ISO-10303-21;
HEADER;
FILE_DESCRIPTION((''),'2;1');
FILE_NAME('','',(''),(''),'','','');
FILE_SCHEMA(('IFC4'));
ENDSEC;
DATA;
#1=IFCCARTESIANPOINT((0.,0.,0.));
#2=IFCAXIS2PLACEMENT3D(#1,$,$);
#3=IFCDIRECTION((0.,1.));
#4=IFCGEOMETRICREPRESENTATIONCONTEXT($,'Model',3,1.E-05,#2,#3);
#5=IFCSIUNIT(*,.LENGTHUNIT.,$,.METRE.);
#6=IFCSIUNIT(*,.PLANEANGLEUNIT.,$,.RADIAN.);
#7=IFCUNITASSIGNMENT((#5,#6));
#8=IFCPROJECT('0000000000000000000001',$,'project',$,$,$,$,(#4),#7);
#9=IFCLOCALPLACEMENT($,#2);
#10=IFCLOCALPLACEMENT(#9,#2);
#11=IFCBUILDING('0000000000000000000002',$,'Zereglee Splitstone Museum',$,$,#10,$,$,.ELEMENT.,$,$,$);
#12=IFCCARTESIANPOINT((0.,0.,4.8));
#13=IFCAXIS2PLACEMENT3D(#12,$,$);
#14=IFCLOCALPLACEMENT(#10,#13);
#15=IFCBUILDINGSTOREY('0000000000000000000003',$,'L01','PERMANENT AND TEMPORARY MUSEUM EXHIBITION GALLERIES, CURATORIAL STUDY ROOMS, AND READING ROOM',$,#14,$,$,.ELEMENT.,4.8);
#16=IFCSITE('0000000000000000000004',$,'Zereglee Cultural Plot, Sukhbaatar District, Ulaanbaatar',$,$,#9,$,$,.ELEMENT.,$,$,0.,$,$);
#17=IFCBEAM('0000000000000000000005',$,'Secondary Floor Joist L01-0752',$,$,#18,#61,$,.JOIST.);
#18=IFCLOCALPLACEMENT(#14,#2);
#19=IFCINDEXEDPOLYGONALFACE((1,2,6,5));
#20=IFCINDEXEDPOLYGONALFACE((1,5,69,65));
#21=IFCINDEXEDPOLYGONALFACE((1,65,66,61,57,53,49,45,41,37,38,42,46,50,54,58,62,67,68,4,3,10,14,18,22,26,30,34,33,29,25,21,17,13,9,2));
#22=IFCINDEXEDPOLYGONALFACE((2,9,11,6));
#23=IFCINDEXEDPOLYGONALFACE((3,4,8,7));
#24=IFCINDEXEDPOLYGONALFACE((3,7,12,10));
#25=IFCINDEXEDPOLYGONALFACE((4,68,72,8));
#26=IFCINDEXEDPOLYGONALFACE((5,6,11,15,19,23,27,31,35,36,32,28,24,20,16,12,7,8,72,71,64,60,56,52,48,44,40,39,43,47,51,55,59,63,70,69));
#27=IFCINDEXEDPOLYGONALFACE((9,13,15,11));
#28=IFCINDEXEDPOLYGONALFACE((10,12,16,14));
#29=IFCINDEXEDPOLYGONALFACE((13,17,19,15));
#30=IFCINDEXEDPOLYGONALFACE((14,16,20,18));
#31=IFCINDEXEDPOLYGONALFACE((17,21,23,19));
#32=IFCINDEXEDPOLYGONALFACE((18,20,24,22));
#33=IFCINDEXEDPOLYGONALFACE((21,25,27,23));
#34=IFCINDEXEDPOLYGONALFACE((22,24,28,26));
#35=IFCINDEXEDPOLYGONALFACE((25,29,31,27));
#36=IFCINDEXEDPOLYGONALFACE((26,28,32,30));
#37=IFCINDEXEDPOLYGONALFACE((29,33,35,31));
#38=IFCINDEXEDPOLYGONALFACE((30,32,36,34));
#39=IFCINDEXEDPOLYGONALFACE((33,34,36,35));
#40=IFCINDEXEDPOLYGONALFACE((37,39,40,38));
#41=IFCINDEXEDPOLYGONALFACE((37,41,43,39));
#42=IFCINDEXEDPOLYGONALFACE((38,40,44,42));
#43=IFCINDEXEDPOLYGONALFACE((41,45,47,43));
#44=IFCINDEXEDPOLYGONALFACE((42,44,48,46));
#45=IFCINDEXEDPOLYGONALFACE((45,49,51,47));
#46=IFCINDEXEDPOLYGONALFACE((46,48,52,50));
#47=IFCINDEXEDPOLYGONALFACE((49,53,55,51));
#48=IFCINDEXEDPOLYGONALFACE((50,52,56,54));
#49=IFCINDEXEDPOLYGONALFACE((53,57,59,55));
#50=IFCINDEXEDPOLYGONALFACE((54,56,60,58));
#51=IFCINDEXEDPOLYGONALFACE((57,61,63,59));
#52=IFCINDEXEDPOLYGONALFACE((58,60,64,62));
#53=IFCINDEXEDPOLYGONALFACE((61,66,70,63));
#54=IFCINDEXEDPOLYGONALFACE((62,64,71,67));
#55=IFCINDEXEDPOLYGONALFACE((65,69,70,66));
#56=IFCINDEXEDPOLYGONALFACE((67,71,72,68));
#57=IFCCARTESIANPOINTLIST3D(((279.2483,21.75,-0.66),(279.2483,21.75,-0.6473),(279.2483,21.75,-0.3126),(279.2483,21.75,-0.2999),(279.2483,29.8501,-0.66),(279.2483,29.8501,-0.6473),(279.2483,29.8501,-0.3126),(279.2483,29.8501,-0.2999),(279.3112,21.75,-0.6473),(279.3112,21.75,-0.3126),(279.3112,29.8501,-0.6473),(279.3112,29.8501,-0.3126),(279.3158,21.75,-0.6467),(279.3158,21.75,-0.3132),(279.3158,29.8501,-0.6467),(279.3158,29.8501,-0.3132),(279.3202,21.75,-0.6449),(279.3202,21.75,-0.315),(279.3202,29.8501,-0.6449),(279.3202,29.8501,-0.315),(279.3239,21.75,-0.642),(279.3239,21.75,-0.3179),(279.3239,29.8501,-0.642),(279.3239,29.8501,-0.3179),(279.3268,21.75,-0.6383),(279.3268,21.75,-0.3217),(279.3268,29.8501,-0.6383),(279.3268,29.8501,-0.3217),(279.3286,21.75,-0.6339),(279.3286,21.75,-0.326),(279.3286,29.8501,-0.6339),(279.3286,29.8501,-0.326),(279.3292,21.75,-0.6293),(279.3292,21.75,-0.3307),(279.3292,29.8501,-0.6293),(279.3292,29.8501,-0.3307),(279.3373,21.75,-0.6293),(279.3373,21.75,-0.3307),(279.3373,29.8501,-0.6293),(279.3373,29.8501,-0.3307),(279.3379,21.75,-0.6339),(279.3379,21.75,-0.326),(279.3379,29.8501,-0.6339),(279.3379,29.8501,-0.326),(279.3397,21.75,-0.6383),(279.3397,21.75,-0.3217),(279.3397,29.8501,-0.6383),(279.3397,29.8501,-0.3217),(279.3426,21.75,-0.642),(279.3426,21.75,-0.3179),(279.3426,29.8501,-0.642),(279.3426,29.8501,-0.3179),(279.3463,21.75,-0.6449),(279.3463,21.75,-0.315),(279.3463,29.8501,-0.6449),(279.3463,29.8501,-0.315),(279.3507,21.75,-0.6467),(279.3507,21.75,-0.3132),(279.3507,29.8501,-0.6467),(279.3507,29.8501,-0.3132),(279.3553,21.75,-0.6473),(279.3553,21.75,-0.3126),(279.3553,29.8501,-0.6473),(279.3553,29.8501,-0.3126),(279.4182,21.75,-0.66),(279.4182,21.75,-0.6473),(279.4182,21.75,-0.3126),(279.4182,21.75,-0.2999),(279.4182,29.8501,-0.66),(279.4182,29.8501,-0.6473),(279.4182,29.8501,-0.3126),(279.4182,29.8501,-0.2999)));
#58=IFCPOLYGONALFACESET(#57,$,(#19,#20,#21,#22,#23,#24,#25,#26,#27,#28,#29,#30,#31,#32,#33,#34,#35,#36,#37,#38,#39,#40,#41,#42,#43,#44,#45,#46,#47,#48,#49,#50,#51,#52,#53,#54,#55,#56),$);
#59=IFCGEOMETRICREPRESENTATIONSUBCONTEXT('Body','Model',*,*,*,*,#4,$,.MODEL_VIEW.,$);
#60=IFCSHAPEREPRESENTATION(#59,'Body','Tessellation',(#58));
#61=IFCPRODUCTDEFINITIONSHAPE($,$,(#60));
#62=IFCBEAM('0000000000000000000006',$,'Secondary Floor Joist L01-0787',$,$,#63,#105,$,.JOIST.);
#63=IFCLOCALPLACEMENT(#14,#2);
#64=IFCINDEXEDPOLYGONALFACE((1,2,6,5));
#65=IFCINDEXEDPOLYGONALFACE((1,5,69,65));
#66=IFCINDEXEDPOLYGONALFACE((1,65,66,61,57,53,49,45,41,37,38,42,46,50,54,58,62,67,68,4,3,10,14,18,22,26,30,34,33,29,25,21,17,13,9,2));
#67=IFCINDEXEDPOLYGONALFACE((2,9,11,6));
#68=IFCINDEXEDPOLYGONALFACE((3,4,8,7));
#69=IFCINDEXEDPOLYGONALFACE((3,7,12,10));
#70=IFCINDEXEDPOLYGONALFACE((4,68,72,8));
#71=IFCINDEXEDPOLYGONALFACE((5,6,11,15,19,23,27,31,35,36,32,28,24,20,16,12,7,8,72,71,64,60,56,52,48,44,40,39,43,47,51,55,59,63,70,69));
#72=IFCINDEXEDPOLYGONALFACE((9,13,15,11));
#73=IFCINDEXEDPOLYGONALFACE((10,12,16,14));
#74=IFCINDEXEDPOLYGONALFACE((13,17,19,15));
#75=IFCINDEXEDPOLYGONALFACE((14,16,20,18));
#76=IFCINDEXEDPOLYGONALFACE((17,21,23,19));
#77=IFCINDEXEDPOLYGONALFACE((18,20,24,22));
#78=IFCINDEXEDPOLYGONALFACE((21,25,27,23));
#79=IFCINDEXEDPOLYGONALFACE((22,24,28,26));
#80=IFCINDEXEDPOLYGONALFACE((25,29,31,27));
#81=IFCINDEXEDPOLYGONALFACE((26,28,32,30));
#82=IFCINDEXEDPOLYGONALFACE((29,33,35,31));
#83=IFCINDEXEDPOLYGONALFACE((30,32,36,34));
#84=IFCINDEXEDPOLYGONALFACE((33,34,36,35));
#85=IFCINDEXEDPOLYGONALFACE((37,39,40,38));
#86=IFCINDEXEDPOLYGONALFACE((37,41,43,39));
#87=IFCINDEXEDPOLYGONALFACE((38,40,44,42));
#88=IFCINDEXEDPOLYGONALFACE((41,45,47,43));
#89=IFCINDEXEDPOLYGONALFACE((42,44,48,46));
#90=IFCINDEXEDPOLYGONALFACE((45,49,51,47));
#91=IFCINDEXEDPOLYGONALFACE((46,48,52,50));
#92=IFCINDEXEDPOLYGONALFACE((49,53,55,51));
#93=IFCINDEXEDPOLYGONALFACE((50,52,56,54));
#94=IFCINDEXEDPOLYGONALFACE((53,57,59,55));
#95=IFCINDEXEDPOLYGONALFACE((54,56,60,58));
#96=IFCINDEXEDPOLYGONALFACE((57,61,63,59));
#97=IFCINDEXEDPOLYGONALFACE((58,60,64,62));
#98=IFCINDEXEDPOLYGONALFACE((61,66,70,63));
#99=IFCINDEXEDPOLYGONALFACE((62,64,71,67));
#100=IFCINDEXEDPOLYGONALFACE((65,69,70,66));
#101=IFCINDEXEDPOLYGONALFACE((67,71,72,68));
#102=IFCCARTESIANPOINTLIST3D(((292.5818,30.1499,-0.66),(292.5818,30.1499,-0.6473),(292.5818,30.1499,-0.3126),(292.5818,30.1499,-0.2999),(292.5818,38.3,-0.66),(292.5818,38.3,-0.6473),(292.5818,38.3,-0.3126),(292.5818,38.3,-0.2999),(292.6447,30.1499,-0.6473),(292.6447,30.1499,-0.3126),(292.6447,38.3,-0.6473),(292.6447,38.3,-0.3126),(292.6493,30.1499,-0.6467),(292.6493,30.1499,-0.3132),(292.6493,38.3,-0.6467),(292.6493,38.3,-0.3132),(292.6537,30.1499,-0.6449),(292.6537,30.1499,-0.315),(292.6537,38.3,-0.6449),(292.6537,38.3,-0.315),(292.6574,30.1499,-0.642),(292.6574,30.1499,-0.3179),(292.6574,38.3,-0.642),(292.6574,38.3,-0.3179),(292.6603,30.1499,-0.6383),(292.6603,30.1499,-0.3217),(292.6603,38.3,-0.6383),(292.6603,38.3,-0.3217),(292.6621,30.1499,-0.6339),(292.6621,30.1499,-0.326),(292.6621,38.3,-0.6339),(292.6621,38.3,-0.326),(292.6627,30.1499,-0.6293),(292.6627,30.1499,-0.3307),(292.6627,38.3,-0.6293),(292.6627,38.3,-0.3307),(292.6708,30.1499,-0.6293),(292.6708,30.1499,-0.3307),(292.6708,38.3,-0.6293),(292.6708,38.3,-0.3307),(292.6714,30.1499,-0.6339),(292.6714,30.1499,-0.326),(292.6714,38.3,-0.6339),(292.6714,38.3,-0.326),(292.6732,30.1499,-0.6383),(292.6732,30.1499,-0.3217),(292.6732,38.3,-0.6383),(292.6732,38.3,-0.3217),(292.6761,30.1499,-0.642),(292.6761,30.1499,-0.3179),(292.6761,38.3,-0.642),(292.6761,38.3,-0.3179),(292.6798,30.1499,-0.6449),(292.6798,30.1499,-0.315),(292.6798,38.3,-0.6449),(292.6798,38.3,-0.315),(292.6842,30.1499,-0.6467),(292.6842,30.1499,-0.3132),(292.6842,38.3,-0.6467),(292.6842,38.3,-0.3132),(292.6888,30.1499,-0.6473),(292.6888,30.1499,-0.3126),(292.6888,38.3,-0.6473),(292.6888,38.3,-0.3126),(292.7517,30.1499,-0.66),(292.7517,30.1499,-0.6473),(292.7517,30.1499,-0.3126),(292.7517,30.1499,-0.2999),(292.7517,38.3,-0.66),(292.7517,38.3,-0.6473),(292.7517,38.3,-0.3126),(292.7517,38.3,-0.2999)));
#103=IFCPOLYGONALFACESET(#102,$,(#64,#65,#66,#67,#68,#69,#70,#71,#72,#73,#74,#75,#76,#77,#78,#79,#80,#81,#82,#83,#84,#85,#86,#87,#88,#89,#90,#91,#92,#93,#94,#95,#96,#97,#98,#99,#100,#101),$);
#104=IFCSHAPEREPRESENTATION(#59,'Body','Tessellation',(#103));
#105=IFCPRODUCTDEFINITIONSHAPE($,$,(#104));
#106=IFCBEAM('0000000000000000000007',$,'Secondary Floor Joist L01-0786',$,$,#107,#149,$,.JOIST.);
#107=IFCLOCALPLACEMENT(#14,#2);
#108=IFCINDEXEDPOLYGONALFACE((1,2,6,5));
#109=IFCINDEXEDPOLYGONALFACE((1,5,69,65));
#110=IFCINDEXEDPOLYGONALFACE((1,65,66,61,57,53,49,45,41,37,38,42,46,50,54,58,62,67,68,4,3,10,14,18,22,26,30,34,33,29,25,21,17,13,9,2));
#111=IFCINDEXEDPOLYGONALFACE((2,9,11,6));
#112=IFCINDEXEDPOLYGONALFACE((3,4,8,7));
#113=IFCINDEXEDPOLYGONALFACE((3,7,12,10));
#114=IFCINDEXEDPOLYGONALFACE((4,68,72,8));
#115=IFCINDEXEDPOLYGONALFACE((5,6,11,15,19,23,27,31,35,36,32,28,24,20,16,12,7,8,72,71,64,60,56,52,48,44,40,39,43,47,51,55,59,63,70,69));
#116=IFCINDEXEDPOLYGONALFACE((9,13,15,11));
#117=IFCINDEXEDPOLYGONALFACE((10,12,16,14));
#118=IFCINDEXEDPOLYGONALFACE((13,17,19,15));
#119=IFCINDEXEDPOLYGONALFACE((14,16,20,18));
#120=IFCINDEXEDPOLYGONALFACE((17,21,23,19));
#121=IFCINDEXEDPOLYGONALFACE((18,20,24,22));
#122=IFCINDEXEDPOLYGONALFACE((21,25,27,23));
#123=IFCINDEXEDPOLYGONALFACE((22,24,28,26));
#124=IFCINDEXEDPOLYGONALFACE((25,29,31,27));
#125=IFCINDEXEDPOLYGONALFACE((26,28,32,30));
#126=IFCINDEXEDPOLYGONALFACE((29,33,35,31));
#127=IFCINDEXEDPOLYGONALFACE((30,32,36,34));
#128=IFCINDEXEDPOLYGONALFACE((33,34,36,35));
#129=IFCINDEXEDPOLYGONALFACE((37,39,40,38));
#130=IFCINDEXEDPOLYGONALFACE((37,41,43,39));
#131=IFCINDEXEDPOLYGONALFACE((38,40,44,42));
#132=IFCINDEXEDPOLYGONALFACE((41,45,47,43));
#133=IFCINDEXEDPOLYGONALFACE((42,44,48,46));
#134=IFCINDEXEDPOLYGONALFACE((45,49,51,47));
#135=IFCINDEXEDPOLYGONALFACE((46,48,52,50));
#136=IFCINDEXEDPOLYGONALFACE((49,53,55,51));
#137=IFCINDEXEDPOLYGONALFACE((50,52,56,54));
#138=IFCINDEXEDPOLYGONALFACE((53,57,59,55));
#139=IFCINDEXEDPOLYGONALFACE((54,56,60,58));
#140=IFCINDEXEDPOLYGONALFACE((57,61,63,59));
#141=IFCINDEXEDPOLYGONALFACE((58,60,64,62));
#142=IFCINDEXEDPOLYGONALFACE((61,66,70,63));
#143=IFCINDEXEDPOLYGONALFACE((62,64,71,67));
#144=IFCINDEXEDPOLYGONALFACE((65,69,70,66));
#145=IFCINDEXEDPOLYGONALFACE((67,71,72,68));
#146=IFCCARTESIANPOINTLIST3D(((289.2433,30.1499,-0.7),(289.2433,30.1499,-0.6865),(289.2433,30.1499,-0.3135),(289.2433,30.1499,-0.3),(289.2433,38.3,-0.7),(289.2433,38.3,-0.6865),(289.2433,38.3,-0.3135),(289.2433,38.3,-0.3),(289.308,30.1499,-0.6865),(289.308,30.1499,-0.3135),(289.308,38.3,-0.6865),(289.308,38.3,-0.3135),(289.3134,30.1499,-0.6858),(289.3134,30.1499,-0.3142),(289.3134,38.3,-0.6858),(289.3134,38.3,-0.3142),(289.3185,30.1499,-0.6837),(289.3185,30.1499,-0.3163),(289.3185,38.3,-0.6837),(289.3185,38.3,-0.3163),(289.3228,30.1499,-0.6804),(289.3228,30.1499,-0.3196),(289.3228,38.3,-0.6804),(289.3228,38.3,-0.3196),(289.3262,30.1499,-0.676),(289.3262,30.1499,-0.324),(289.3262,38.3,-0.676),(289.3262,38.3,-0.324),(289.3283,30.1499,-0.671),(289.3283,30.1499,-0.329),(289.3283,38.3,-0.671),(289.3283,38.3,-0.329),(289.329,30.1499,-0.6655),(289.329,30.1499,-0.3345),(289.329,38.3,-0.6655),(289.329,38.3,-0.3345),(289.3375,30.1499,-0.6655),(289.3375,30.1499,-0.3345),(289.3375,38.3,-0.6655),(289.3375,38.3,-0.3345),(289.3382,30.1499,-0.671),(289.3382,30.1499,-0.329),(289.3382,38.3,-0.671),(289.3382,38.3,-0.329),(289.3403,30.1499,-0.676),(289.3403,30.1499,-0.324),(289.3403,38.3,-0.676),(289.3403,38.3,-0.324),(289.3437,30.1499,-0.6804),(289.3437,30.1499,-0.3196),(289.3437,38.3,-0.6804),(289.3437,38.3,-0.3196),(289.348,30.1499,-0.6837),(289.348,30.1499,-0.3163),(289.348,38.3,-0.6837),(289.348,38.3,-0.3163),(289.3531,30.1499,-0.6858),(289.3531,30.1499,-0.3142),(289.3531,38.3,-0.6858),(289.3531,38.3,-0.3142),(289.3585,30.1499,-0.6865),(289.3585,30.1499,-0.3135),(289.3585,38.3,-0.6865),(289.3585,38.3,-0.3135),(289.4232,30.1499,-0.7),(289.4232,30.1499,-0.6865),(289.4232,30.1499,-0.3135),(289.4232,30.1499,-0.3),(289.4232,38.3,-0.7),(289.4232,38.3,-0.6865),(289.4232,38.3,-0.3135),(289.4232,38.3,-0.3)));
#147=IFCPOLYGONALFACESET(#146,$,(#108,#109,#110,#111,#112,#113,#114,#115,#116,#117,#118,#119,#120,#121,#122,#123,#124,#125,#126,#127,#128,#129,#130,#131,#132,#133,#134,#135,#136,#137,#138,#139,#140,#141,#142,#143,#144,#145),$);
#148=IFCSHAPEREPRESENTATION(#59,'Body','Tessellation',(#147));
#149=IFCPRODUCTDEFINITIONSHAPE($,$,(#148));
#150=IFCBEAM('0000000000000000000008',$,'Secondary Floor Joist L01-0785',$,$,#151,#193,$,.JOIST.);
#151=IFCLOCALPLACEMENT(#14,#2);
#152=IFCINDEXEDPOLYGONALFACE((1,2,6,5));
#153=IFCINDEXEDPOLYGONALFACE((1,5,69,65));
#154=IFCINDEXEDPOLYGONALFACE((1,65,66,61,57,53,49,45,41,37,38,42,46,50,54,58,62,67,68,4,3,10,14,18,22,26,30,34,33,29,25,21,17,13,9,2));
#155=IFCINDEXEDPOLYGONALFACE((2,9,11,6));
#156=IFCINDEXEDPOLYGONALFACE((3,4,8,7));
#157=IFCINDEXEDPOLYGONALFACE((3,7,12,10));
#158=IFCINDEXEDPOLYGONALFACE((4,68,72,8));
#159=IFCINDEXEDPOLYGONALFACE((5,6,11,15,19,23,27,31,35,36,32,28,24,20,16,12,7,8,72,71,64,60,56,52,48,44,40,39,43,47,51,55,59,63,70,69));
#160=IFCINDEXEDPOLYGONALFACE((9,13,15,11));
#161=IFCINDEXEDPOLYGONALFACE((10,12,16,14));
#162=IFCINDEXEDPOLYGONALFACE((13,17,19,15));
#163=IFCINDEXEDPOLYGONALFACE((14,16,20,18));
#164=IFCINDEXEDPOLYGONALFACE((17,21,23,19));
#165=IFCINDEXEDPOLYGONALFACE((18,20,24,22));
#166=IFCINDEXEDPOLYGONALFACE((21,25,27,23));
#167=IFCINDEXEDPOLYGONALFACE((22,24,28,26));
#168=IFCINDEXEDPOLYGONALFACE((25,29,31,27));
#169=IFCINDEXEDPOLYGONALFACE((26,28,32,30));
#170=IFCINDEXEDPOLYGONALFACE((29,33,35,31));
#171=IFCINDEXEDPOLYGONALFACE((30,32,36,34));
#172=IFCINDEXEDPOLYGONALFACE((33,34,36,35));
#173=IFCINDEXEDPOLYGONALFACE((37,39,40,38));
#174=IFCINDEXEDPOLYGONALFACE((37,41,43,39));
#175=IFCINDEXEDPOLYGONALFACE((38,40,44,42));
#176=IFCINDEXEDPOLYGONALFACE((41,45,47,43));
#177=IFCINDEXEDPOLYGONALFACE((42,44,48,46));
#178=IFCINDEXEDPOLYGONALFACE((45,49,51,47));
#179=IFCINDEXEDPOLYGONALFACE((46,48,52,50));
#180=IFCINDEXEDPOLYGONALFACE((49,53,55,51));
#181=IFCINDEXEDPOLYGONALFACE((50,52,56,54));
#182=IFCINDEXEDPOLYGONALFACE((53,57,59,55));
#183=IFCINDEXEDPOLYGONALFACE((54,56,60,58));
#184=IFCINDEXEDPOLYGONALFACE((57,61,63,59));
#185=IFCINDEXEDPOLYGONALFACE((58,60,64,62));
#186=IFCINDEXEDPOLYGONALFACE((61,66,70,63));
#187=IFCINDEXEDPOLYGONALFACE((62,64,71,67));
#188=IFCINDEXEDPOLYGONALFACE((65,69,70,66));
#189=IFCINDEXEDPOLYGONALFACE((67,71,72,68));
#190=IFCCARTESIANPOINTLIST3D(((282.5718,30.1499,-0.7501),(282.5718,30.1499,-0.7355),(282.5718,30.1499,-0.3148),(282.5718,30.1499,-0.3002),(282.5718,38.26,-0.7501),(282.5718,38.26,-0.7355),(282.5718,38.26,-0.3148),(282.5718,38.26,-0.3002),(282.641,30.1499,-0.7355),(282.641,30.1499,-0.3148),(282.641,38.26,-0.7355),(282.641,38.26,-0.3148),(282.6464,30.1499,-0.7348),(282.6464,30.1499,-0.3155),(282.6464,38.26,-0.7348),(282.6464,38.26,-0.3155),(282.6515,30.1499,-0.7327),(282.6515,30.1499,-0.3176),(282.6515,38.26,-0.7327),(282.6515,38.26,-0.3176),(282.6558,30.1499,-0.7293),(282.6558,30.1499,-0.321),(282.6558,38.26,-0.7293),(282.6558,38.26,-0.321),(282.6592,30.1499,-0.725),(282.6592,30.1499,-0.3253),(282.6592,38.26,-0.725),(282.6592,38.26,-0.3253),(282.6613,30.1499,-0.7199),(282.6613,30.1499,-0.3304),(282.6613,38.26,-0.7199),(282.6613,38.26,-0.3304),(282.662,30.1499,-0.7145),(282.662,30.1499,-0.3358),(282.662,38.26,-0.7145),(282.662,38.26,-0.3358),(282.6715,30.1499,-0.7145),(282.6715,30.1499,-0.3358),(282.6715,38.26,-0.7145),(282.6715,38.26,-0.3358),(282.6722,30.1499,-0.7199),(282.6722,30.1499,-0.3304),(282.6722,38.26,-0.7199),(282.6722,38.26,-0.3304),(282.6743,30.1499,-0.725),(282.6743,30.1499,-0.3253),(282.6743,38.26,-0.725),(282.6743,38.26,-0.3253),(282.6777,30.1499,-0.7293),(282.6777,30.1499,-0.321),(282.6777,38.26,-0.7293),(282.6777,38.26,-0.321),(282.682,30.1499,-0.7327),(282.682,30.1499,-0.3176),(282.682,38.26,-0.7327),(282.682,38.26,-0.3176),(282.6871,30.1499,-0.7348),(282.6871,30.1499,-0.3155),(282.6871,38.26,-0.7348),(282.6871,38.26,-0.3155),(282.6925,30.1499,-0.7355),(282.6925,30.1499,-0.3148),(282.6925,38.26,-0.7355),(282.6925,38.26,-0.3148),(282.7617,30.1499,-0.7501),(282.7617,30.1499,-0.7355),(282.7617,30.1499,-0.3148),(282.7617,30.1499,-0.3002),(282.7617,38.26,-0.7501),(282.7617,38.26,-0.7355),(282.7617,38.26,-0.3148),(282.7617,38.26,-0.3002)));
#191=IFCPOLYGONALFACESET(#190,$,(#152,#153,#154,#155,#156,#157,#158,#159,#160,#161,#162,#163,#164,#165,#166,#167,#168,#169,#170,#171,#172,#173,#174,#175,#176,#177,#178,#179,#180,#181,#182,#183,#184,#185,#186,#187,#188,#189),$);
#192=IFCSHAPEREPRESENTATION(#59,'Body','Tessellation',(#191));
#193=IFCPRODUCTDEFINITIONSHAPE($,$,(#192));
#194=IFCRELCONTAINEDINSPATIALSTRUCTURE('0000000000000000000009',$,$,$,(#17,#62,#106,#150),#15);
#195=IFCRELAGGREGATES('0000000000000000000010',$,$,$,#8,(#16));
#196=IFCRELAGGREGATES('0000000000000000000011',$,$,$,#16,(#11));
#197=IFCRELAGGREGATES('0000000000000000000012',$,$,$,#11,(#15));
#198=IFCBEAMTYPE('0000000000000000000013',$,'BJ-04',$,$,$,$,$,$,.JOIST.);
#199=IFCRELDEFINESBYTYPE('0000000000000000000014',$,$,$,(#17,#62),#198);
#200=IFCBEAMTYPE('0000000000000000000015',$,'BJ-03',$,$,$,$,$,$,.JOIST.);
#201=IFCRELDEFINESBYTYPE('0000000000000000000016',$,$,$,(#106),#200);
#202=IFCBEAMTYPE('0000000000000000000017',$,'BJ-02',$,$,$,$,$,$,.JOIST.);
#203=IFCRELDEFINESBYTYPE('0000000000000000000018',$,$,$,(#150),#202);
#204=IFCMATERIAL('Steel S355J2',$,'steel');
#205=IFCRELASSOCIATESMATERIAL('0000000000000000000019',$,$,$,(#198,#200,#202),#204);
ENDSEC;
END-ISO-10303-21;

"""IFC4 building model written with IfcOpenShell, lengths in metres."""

from ifc_helpers import new_model, si_unit, direction, frame, origin, origin_2d, place, context, subcontext, project, spatial, i_section, extrude, material, material_profile, profile_set, type_object, element, save


model = new_model("IFC4")

# Units and contexts
model_context = context("Model", 3, precision=1e-05, world=origin(), true_north=direction((0.0, 1.0)))
body_context = subcontext(model_context, "Body", "Model", "MODEL_VIEW")
ifc_project = project(units=[si_unit("LENGTHUNIT", "METRE"), si_unit("PLANEANGLEUNIT", "RADIAN")], contexts=[model_context])

# Site, building, storey
site_placement = place(None, origin())
site = spatial("IfcSite", under=ifc_project, at=site_placement, Name="Zereglee Cultural Plot, Sukhbaatar District, Ulaanbaatar", CompositionType="ELEMENT", RefElevation=0.0)
building_placement = place(site_placement, origin())
building = spatial("IfcBuilding", under=site, at=building_placement, Name="Zereglee Splitstone Museum", CompositionType="ELEMENT")
storey_placement = place(building_placement, frame((0.0, 0.0, 4.8)))
storey = spatial("IfcBuildingStorey", under=building, at=storey_placement, Name="L01", Description="PERMANENT AND TEMPORARY MUSEUM EXHIBITION GALLERIES, CURATORIAL STUDY ROOMS, AND READING ROOM", CompositionType="ELEMENT", Elevation=4.8)

# Shared definitions
ifc_material_1 = material(Name="Steel S355J2", Category="steel")

# Beams
ifc_material_profile_1 = material_profile(ifc_material_1, i_section(OverallWidth=0.1699, OverallDepth=0.3601, WebThickness=0.0081, FlangeThickness=0.0127, FilletRadius=0.0181, at=origin_2d()), Name="IPE 360")
ifc_profile_set_1 = profile_set([ifc_material_profile_1], Name="Steel S355J2")
beam_type_1 = type_object("IfcBeamType", Name="BJ-04", PredefinedType="JOIST", material=ifc_profile_set_1)
beam_1_placement = place(storey_placement, frame((279.3333, 21.75, -0.48), z_axis=(0.0, 1.0, 0.0), x_axis=(-1.0, 0.0, 0.0)))
element("IfcBeam", 1, at=beam_1_placement, inside=storey, type_object=beam_type_1, Name="Secondary Floor Joist L01-0752", PredefinedType="JOIST", context=body_context, shape_type="SweptSolid", body=[
    extrude(i_section(OverallWidth=0.1699, OverallDepth=0.3601, WebThickness=0.0081, FlangeThickness=0.0127, FilletRadius=0.0181, at=origin_2d()), origin(), (0.0, 0.0, 1.0), 8.1001),
])
beam_2_placement = place(storey_placement, frame((292.6667, 30.1499, -0.48), z_axis=(0.0, 1.0, 0.0), x_axis=(-1.0, 0.0, 0.0)))
element("IfcBeam", 2, at=beam_2_placement, inside=storey, type_object=beam_type_1, Name="Secondary Floor Joist L01-0787", PredefinedType="JOIST", context=body_context, shape_type="SweptSolid", body=[
    extrude(i_section(OverallWidth=0.1699, OverallDepth=0.3601, WebThickness=0.0081, FlangeThickness=0.0127, FilletRadius=0.0181, at=origin_2d()), origin(), (0.0, 0.0, 1.0), 8.1501),
])
ifc_material_profile_2 = material_profile(ifc_material_1, i_section(OverallWidth=0.1799, OverallDepth=0.3999, WebThickness=0.0085, FlangeThickness=0.0134, FilletRadius=0.021, at=origin_2d()), Name="IPE 400")
ifc_profile_set_2 = profile_set([ifc_material_profile_2], Name="Steel S355J2")
beam_type_2 = type_object("IfcBeamType", Name="BJ-03", PredefinedType="JOIST", material=ifc_profile_set_2)
beam_3_placement = place(storey_placement, frame((289.3333, 30.1499, -0.5), z_axis=(0.0, 1.0, 0.0), x_axis=(-1.0, 0.0, 0.0)))
element("IfcBeam", 3, at=beam_3_placement, inside=storey, type_object=beam_type_2, Name="Secondary Floor Joist L01-0786", PredefinedType="JOIST", context=body_context, shape_type="SweptSolid", body=[
    extrude(i_section(OverallWidth=0.1799, OverallDepth=0.3999, WebThickness=0.0085, FlangeThickness=0.0134, FilletRadius=0.021, at=origin_2d()), origin(), (0.0, 0.0, 1.0), 8.1501),
])
ifc_material_profile_3 = material_profile(ifc_material_1, i_section(OverallWidth=0.1899, OverallDepth=0.45, WebThickness=0.0095, FlangeThickness=0.0146, FilletRadius=0.021, at=origin_2d()), Name="IPE 450")
ifc_profile_set_3 = profile_set([ifc_material_profile_3], Name="Steel S355J2")
beam_type_3 = type_object("IfcBeamType", Name="BJ-02", PredefinedType="JOIST", material=ifc_profile_set_3)
beam_4_placement = place(storey_placement, frame((282.6667, 30.1499, -0.5251), z_axis=(0.0, 1.0, 0.0), x_axis=(-1.0, 0.0, 0.0)))
element("IfcBeam", 4, at=beam_4_placement, inside=storey, type_object=beam_type_3, Name="Secondary Floor Joist L01-0785", PredefinedType="JOIST", context=body_context, shape_type="SweptSolid", body=[
    extrude(i_section(OverallWidth=0.1899, OverallDepth=0.45, WebThickness=0.0095, FlangeThickness=0.0146, FilletRadius=0.021, at=origin_2d()), origin(), (0.0, 0.0, 1.0), 8.1101),
])

save(model, "model.ifc")
